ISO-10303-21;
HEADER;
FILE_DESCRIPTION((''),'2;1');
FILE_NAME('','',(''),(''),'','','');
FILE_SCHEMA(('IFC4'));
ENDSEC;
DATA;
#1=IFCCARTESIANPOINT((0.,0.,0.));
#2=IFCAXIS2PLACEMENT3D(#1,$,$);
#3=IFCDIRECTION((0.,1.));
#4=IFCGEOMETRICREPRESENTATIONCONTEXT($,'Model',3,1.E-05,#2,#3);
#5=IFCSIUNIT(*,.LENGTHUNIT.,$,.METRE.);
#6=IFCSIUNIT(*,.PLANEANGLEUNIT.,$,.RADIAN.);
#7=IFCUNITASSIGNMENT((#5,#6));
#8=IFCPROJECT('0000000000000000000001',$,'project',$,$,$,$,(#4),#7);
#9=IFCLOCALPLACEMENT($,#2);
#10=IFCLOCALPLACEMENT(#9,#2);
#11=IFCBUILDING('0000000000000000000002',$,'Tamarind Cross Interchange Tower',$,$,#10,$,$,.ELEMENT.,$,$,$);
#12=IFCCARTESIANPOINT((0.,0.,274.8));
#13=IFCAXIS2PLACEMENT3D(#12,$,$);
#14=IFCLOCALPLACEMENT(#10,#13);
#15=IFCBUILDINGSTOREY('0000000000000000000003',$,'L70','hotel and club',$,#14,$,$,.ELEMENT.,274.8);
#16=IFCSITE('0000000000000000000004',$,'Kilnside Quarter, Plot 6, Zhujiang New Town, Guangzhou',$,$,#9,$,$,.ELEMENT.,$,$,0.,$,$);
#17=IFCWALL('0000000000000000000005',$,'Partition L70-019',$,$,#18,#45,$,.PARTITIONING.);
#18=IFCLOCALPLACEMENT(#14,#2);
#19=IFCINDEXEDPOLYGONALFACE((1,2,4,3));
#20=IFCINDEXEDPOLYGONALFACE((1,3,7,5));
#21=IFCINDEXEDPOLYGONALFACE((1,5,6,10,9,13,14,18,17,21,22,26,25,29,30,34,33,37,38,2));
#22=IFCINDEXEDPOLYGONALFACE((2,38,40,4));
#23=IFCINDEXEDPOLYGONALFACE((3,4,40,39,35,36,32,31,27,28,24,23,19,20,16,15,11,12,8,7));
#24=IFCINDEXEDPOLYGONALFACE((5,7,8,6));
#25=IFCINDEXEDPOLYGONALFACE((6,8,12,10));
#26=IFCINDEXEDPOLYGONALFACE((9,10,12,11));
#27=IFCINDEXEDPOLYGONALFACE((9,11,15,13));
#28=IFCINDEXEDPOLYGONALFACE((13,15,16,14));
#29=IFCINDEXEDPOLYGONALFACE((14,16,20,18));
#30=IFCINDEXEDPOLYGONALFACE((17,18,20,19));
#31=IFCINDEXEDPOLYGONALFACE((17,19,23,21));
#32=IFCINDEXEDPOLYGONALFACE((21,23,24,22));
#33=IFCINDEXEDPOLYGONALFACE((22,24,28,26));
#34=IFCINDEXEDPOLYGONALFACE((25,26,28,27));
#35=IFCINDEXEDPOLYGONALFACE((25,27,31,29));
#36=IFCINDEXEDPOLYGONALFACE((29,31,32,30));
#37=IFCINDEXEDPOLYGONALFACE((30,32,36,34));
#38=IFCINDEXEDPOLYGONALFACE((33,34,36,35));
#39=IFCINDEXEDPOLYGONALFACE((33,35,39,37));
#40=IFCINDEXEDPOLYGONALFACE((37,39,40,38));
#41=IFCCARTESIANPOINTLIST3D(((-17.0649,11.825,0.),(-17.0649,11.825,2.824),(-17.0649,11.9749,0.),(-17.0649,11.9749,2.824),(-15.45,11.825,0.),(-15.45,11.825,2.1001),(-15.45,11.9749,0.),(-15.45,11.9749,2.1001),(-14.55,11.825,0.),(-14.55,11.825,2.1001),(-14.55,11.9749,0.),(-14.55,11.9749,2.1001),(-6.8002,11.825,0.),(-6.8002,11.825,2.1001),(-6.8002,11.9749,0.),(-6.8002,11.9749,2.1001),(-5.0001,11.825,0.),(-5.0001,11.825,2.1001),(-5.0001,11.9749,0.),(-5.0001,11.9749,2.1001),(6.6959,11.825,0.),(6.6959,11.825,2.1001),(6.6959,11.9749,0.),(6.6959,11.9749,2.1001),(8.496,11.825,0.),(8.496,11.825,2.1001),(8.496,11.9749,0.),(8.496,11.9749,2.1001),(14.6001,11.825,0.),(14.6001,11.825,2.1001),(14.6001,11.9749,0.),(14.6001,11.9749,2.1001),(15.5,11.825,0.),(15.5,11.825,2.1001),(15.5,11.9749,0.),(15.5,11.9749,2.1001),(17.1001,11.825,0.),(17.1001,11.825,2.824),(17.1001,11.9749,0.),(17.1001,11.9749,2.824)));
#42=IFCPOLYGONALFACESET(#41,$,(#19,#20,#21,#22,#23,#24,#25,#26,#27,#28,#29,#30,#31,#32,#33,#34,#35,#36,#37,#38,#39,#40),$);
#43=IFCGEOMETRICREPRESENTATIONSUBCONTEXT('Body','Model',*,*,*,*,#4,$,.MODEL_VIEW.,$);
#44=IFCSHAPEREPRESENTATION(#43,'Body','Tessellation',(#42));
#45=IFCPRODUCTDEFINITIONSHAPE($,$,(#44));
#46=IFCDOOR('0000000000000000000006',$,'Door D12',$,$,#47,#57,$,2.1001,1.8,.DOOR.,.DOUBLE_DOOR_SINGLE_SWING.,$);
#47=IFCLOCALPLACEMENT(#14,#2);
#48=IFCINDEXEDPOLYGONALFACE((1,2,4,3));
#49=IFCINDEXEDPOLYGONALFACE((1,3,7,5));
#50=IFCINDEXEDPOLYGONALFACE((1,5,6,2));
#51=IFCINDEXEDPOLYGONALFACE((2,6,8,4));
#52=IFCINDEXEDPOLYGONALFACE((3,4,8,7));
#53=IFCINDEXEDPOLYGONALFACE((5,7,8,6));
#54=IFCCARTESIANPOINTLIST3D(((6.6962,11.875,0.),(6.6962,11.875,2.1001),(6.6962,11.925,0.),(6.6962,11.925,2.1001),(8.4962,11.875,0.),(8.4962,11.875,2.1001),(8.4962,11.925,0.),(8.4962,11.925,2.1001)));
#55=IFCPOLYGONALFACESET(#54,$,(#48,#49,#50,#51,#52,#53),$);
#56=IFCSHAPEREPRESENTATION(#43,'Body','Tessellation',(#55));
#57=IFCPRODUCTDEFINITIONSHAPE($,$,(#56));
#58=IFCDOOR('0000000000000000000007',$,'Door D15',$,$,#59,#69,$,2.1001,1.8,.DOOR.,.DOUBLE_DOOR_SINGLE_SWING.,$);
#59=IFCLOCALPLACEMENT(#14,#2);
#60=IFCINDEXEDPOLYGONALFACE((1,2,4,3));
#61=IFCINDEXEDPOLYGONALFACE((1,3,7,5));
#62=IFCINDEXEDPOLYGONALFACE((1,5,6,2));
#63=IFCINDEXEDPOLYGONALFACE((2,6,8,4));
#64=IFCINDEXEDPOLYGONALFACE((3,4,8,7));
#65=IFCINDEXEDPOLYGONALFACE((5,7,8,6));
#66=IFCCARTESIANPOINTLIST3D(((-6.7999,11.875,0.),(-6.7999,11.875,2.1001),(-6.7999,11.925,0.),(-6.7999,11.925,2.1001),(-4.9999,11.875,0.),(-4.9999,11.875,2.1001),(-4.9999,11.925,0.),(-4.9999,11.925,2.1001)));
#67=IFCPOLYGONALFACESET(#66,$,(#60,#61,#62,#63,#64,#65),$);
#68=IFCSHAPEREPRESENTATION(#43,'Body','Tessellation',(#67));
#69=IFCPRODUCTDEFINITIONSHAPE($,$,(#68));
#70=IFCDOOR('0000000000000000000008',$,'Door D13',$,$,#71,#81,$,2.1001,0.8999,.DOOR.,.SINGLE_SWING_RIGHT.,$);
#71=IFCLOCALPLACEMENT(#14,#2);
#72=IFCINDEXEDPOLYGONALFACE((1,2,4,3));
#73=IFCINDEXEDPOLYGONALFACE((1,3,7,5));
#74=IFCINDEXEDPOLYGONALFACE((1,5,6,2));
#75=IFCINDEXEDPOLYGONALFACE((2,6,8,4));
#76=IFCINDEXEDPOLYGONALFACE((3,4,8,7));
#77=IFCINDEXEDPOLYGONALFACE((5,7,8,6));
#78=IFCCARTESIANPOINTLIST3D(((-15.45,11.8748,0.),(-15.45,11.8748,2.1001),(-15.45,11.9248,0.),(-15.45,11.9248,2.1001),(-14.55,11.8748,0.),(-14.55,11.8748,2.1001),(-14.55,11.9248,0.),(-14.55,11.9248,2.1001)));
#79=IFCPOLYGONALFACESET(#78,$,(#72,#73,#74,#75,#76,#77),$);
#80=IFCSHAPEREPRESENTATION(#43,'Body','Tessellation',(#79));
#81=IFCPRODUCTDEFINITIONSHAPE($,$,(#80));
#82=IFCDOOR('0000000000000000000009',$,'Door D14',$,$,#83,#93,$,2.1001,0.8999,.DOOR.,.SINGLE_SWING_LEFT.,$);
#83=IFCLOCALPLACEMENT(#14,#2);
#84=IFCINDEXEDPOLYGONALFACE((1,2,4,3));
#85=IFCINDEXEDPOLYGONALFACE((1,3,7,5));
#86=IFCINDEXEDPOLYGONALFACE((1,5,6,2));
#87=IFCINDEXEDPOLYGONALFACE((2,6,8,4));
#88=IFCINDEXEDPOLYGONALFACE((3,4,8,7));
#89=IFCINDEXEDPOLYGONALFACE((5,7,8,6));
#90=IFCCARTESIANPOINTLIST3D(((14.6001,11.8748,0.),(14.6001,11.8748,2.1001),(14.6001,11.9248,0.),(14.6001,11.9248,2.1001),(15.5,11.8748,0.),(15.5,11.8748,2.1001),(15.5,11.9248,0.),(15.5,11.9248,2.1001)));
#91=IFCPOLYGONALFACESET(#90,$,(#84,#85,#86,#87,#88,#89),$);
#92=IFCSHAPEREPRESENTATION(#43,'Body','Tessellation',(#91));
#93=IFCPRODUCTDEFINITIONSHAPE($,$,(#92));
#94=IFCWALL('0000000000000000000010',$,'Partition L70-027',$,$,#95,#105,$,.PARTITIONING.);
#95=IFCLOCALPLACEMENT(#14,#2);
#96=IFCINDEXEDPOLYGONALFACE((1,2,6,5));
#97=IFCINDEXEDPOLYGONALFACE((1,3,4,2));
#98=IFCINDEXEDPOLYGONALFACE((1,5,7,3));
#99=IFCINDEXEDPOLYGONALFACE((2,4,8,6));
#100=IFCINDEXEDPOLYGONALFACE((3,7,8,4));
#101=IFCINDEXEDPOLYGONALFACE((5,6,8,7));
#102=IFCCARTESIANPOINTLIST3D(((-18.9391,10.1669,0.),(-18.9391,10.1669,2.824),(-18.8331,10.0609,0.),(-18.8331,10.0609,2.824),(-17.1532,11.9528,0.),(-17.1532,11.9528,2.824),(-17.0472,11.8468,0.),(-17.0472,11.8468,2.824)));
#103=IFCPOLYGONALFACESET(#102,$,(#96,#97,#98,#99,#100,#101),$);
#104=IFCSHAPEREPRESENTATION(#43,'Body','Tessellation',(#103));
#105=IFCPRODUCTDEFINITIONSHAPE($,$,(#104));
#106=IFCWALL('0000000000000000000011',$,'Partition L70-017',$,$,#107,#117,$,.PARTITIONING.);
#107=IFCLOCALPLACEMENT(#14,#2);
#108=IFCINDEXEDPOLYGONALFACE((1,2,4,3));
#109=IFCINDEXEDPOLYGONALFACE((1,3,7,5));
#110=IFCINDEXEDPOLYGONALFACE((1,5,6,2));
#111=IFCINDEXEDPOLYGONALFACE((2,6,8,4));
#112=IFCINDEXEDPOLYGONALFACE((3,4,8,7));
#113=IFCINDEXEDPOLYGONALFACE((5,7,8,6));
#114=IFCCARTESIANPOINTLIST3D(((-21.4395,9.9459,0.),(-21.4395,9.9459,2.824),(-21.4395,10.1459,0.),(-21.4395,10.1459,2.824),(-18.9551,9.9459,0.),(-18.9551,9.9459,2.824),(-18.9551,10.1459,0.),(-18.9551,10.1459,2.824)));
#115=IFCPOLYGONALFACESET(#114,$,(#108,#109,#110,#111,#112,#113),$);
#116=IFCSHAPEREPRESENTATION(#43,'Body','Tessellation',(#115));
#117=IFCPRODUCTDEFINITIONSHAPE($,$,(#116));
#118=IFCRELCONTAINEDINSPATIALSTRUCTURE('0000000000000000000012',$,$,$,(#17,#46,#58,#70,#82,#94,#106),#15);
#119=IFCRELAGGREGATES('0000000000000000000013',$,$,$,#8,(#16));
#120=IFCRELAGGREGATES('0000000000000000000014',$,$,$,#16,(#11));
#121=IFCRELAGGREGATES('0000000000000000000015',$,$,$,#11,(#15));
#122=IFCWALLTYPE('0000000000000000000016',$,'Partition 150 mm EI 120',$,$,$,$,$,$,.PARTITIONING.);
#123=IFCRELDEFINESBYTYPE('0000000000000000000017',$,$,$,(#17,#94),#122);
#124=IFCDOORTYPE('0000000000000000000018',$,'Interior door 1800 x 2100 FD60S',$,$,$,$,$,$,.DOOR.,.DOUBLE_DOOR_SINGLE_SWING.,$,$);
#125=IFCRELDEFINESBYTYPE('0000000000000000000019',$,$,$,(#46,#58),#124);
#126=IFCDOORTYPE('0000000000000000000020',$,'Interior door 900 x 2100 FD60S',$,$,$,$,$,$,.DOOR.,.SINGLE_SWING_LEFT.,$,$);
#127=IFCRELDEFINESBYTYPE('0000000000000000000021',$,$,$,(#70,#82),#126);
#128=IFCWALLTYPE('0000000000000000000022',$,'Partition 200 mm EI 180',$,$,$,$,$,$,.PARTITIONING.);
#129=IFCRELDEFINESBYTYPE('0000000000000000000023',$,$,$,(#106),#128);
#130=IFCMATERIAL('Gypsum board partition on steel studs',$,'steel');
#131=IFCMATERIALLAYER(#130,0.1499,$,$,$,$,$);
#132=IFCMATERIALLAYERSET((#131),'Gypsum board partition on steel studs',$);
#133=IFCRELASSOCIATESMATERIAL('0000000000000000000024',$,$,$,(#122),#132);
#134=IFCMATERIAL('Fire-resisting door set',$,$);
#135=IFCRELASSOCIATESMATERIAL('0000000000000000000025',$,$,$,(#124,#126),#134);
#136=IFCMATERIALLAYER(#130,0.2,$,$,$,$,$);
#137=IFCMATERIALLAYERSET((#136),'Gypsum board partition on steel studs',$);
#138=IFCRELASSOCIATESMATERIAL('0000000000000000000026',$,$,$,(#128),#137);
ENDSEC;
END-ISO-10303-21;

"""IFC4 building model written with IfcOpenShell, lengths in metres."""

from ifc_helpers import new_model, si_unit, direction, frame, frame_2d, origin, place, context, subcontext, project, spatial, rectangle, extrude, material, layer, layer_set, type_object, element, fill, save


model = new_model("IFC4")

# Units and contexts
model_context = context("Model", 3, precision=1e-05, world=origin(), true_north=direction((0.0, 1.0)))
body_context = subcontext(model_context, "Body", "Model", "MODEL_VIEW")
ifc_project = project(units=[si_unit("LENGTHUNIT", "METRE"), si_unit("PLANEANGLEUNIT", "RADIAN")], contexts=[model_context])

# Site, building, storey
site_placement = place(None, origin())
site = spatial("IfcSite", under=ifc_project, at=site_placement, Name="Kilnside Quarter, Plot 6, Zhujiang New Town, Guangzhou", CompositionType="ELEMENT", RefElevation=0.0)
building_placement = place(site_placement, origin())
building = spatial("IfcBuilding", under=site, at=building_placement, Name="Tamarind Cross Interchange Tower", CompositionType="ELEMENT")
storey_placement = place(building_placement, frame((0.0, 0.0, 274.8)))
storey = spatial("IfcBuildingStorey", under=building, at=storey_placement, Name="L70", Description="hotel and club", CompositionType="ELEMENT", Elevation=274.8)

# Shared definitions
ifc_material_1 = material(Name="Gypsum board partition on steel studs", Category="steel")
ifc_layer_1 = layer(ifc_material_1, 0.1499)
ifc_layer_set_1 = layer_set([ifc_layer_1], Name="Gypsum board partition on steel studs")
wall_type_1 = type_object("IfcWallType", Name="Partition 150 mm EI 120", PredefinedType="PARTITIONING", material=ifc_layer_set_1)

# Wall, openings, doors
wall_1_placement = place(storey_placement, frame((-17.0649, 11.8999, 0.0), z_axis=(0.0, 0.0, 1.0), x_axis=(1.0, 0.0, 0.0)))
wall_1 = element("IfcWall", 1, at=wall_1_placement, inside=storey, type_object=wall_type_1, Name="Partition L70-019", PredefinedType="PARTITIONING", context=body_context, shape_type="SweptSolid", body=[
    extrude(rectangle(XDim=34.165, YDim=0.1499, at=frame_2d((17.0825, 0.0))), origin(), (0.0, 0.0, 1.0), 2.824),
])
opening_1_placement = place(wall_1_placement, frame((23.761, 0.0, 0.0)))
opening_1 = element("IfcOpeningElement", 2, at=opening_1_placement, cuts=wall_1, PredefinedType="OPENING", context=body_context, shape_type="SweptSolid", body=[
    extrude(rectangle(XDim=1.8, YDim=2.1001, at=frame_2d((0.8999, 1.05))), frame((0.0, 0.085, 0.0), z_axis=(0.0, -1.0, 0.0), x_axis=(1.0, 0.0, 0.0)), (0.0, 0.0, 1.0), 0.1699),
])
opening_2_placement = place(wall_1_placement, frame((1.615, 0.0, 0.0)))
opening_2 = element("IfcOpeningElement", 3, at=opening_2_placement, cuts=wall_1, PredefinedType="OPENING", context=body_context, shape_type="SweptSolid", body=[
    extrude(rectangle(XDim=0.8999, YDim=2.1001, at=frame_2d((0.45, 1.05))), frame((0.0, 0.085, 0.0), z_axis=(0.0, -1.0, 0.0), x_axis=(1.0, 0.0, 0.0)), (0.0, 0.0, 1.0), 0.1699),
])
opening_3_placement = place(wall_1_placement, frame((31.665, 0.0, 0.0)))
opening_3 = element("IfcOpeningElement", 4, at=opening_3_placement, cuts=wall_1, PredefinedType="OPENING", context=body_context, shape_type="SweptSolid", body=[
    extrude(rectangle(XDim=0.8999, YDim=2.1001, at=frame_2d((0.45, 1.05))), frame((0.0, 0.085, 0.0), z_axis=(0.0, -1.0, 0.0), x_axis=(1.0, 0.0, 0.0)), (0.0, 0.0, 1.0), 0.1699),
])
opening_4_placement = place(wall_1_placement, frame((10.2649, 0.0, 0.0)))
opening_4 = element("IfcOpeningElement", 5, at=opening_4_placement, cuts=wall_1, PredefinedType="OPENING", context=body_context, shape_type="SweptSolid", body=[
    extrude(rectangle(XDim=1.8, YDim=2.1001, at=frame_2d((0.8999, 1.05))), frame((0.0, 0.085, 0.0), z_axis=(0.0, -1.0, 0.0), x_axis=(1.0, 0.0, 0.0)), (0.0, 0.0, 1.0), 0.1699),
])
ifc_material_2 = material(Name="Fire-resisting door set")
door_type_1 = type_object("IfcDoorType", Name="Interior door 1800 x 2100 FD60S", OperationType="DOUBLE_DOOR_SINGLE_SWING", PredefinedType="DOOR", material=ifc_material_2)
door_1_placement = place(opening_1_placement, frame((1.8, 0.0, 0.0), z_axis=(0.0, 0.0, 1.0), x_axis=(-1.0, 0.0, 0.0)))
door_1 = element("IfcDoor", 6, at=door_1_placement, inside=storey, type_object=door_type_1, Name="Door D12", OperationType="DOUBLE_DOOR_SINGLE_SWING", OverallHeight=2.1001, OverallWidth=1.8, PredefinedType="DOOR", context=body_context, shape_type="SweptSolid", body=[
    extrude(rectangle(XDim=1.8, YDim=2.1001, at=frame_2d((0.8999, 1.05))), frame((0.0, 0.0249, 0.0), z_axis=(0.0, -1.0, 0.0), x_axis=(1.0, 0.0, 0.0)), (0.0, 0.0, 1.0), 0.05),
])
fill(opening_1, door_1)
door_2_placement = place(opening_4_placement, frame((1.8, 0.0, 0.0), z_axis=(0.0, 0.0, 1.0), x_axis=(-1.0, 0.0, 0.0)))
door_2 = element("IfcDoor", 7, at=door_2_placement, inside=storey, type_object=door_type_1, Name="Door D15", OperationType="DOUBLE_DOOR_SINGLE_SWING", OverallHeight=2.1001, OverallWidth=1.8, PredefinedType="DOOR", context=body_context, shape_type="SweptSolid", body=[
    extrude(rectangle(XDim=1.8, YDim=2.1001, at=frame_2d((0.8999, 1.05))), frame((0.0, 0.0249, 0.0), z_axis=(0.0, -1.0, 0.0), x_axis=(1.0, 0.0, 0.0)), (0.0, 0.0, 1.0), 0.05),
])
fill(opening_4, door_2)
door_type_2 = type_object("IfcDoorType", Name="Interior door 900 x 2100 FD60S", OperationType="SINGLE_SWING_LEFT", PredefinedType="DOOR", material=ifc_material_2)
door_3_placement = place(opening_2_placement, origin())
door_3 = element("IfcDoor", 8, at=door_3_placement, inside=storey, type_object=door_type_2, Name="Door D13", OperationType="SINGLE_SWING_RIGHT", OverallHeight=2.1001, OverallWidth=0.8999, PredefinedType="DOOR", context=body_context, shape_type="SweptSolid", body=[
    extrude(rectangle(XDim=0.8999, YDim=2.1001, at=frame_2d((0.45, 1.05))), frame((0.0, 0.0249, 0.0), z_axis=(0.0, -1.0, 0.0), x_axis=(1.0, 0.0, 0.0)), (0.0, 0.0, 1.0), 0.05),
])
fill(opening_2, door_3)
door_4_placement = place(opening_3_placement, origin())
door_4 = element("IfcDoor", 9, at=door_4_placement, inside=storey, type_object=door_type_2, Name="Door D14", OperationType="SINGLE_SWING_LEFT", OverallHeight=2.1001, OverallWidth=0.8999, PredefinedType="DOOR", context=body_context, shape_type="SweptSolid", body=[
    extrude(rectangle(XDim=0.8999, YDim=2.1001, at=frame_2d((0.45, 1.05))), frame((0.0, 0.0249, 0.0), z_axis=(0.0, -1.0, 0.0), x_axis=(1.0, 0.0, 0.0)), (0.0, 0.0, 1.0), 0.05),
])
fill(opening_3, door_4)

# Walls
wall_2_placement = place(storey_placement, frame((-18.886, 10.114, 0.0), z_axis=(0.0, 0.0, 1.0), x_axis=(0.707107, 0.707107, 0.0)))
element("IfcWall", 10, at=wall_2_placement, inside=storey, type_object=wall_type_1, Name="Partition L70-027", PredefinedType="PARTITIONING", context=body_context, shape_type="SweptSolid", body=[
    extrude(rectangle(XDim=2.5256, YDim=0.1499, at=frame_2d((1.2627, 0.0))), origin(), (0.0, 0.0, 1.0), 2.824),
])
ifc_layer_2 = layer(ifc_material_1, 0.2)
ifc_layer_set_2 = layer_set([ifc_layer_2], Name="Gypsum board partition on steel studs")
wall_type_2 = type_object("IfcWallType", Name="Partition 200 mm EI 180", PredefinedType="PARTITIONING", material=ifc_layer_set_2)
wall_3_placement = place(storey_placement, frame((-21.4395, 10.0459, 0.0), z_axis=(0.0, 0.0, 1.0), x_axis=(1.0, 0.0, 0.0)))
element("IfcWall", 11, at=wall_3_placement, inside=storey, type_object=wall_type_2, Name="Partition L70-017", PredefinedType="PARTITIONING", context=body_context, shape_type="SweptSolid", body=[
    extrude(rectangle(XDim=2.4844, YDim=0.2, at=frame_2d((1.2422, 0.0))), origin(), (0.0, 0.0, 1.0), 2.824),
])

save(model, "model.ifc")
